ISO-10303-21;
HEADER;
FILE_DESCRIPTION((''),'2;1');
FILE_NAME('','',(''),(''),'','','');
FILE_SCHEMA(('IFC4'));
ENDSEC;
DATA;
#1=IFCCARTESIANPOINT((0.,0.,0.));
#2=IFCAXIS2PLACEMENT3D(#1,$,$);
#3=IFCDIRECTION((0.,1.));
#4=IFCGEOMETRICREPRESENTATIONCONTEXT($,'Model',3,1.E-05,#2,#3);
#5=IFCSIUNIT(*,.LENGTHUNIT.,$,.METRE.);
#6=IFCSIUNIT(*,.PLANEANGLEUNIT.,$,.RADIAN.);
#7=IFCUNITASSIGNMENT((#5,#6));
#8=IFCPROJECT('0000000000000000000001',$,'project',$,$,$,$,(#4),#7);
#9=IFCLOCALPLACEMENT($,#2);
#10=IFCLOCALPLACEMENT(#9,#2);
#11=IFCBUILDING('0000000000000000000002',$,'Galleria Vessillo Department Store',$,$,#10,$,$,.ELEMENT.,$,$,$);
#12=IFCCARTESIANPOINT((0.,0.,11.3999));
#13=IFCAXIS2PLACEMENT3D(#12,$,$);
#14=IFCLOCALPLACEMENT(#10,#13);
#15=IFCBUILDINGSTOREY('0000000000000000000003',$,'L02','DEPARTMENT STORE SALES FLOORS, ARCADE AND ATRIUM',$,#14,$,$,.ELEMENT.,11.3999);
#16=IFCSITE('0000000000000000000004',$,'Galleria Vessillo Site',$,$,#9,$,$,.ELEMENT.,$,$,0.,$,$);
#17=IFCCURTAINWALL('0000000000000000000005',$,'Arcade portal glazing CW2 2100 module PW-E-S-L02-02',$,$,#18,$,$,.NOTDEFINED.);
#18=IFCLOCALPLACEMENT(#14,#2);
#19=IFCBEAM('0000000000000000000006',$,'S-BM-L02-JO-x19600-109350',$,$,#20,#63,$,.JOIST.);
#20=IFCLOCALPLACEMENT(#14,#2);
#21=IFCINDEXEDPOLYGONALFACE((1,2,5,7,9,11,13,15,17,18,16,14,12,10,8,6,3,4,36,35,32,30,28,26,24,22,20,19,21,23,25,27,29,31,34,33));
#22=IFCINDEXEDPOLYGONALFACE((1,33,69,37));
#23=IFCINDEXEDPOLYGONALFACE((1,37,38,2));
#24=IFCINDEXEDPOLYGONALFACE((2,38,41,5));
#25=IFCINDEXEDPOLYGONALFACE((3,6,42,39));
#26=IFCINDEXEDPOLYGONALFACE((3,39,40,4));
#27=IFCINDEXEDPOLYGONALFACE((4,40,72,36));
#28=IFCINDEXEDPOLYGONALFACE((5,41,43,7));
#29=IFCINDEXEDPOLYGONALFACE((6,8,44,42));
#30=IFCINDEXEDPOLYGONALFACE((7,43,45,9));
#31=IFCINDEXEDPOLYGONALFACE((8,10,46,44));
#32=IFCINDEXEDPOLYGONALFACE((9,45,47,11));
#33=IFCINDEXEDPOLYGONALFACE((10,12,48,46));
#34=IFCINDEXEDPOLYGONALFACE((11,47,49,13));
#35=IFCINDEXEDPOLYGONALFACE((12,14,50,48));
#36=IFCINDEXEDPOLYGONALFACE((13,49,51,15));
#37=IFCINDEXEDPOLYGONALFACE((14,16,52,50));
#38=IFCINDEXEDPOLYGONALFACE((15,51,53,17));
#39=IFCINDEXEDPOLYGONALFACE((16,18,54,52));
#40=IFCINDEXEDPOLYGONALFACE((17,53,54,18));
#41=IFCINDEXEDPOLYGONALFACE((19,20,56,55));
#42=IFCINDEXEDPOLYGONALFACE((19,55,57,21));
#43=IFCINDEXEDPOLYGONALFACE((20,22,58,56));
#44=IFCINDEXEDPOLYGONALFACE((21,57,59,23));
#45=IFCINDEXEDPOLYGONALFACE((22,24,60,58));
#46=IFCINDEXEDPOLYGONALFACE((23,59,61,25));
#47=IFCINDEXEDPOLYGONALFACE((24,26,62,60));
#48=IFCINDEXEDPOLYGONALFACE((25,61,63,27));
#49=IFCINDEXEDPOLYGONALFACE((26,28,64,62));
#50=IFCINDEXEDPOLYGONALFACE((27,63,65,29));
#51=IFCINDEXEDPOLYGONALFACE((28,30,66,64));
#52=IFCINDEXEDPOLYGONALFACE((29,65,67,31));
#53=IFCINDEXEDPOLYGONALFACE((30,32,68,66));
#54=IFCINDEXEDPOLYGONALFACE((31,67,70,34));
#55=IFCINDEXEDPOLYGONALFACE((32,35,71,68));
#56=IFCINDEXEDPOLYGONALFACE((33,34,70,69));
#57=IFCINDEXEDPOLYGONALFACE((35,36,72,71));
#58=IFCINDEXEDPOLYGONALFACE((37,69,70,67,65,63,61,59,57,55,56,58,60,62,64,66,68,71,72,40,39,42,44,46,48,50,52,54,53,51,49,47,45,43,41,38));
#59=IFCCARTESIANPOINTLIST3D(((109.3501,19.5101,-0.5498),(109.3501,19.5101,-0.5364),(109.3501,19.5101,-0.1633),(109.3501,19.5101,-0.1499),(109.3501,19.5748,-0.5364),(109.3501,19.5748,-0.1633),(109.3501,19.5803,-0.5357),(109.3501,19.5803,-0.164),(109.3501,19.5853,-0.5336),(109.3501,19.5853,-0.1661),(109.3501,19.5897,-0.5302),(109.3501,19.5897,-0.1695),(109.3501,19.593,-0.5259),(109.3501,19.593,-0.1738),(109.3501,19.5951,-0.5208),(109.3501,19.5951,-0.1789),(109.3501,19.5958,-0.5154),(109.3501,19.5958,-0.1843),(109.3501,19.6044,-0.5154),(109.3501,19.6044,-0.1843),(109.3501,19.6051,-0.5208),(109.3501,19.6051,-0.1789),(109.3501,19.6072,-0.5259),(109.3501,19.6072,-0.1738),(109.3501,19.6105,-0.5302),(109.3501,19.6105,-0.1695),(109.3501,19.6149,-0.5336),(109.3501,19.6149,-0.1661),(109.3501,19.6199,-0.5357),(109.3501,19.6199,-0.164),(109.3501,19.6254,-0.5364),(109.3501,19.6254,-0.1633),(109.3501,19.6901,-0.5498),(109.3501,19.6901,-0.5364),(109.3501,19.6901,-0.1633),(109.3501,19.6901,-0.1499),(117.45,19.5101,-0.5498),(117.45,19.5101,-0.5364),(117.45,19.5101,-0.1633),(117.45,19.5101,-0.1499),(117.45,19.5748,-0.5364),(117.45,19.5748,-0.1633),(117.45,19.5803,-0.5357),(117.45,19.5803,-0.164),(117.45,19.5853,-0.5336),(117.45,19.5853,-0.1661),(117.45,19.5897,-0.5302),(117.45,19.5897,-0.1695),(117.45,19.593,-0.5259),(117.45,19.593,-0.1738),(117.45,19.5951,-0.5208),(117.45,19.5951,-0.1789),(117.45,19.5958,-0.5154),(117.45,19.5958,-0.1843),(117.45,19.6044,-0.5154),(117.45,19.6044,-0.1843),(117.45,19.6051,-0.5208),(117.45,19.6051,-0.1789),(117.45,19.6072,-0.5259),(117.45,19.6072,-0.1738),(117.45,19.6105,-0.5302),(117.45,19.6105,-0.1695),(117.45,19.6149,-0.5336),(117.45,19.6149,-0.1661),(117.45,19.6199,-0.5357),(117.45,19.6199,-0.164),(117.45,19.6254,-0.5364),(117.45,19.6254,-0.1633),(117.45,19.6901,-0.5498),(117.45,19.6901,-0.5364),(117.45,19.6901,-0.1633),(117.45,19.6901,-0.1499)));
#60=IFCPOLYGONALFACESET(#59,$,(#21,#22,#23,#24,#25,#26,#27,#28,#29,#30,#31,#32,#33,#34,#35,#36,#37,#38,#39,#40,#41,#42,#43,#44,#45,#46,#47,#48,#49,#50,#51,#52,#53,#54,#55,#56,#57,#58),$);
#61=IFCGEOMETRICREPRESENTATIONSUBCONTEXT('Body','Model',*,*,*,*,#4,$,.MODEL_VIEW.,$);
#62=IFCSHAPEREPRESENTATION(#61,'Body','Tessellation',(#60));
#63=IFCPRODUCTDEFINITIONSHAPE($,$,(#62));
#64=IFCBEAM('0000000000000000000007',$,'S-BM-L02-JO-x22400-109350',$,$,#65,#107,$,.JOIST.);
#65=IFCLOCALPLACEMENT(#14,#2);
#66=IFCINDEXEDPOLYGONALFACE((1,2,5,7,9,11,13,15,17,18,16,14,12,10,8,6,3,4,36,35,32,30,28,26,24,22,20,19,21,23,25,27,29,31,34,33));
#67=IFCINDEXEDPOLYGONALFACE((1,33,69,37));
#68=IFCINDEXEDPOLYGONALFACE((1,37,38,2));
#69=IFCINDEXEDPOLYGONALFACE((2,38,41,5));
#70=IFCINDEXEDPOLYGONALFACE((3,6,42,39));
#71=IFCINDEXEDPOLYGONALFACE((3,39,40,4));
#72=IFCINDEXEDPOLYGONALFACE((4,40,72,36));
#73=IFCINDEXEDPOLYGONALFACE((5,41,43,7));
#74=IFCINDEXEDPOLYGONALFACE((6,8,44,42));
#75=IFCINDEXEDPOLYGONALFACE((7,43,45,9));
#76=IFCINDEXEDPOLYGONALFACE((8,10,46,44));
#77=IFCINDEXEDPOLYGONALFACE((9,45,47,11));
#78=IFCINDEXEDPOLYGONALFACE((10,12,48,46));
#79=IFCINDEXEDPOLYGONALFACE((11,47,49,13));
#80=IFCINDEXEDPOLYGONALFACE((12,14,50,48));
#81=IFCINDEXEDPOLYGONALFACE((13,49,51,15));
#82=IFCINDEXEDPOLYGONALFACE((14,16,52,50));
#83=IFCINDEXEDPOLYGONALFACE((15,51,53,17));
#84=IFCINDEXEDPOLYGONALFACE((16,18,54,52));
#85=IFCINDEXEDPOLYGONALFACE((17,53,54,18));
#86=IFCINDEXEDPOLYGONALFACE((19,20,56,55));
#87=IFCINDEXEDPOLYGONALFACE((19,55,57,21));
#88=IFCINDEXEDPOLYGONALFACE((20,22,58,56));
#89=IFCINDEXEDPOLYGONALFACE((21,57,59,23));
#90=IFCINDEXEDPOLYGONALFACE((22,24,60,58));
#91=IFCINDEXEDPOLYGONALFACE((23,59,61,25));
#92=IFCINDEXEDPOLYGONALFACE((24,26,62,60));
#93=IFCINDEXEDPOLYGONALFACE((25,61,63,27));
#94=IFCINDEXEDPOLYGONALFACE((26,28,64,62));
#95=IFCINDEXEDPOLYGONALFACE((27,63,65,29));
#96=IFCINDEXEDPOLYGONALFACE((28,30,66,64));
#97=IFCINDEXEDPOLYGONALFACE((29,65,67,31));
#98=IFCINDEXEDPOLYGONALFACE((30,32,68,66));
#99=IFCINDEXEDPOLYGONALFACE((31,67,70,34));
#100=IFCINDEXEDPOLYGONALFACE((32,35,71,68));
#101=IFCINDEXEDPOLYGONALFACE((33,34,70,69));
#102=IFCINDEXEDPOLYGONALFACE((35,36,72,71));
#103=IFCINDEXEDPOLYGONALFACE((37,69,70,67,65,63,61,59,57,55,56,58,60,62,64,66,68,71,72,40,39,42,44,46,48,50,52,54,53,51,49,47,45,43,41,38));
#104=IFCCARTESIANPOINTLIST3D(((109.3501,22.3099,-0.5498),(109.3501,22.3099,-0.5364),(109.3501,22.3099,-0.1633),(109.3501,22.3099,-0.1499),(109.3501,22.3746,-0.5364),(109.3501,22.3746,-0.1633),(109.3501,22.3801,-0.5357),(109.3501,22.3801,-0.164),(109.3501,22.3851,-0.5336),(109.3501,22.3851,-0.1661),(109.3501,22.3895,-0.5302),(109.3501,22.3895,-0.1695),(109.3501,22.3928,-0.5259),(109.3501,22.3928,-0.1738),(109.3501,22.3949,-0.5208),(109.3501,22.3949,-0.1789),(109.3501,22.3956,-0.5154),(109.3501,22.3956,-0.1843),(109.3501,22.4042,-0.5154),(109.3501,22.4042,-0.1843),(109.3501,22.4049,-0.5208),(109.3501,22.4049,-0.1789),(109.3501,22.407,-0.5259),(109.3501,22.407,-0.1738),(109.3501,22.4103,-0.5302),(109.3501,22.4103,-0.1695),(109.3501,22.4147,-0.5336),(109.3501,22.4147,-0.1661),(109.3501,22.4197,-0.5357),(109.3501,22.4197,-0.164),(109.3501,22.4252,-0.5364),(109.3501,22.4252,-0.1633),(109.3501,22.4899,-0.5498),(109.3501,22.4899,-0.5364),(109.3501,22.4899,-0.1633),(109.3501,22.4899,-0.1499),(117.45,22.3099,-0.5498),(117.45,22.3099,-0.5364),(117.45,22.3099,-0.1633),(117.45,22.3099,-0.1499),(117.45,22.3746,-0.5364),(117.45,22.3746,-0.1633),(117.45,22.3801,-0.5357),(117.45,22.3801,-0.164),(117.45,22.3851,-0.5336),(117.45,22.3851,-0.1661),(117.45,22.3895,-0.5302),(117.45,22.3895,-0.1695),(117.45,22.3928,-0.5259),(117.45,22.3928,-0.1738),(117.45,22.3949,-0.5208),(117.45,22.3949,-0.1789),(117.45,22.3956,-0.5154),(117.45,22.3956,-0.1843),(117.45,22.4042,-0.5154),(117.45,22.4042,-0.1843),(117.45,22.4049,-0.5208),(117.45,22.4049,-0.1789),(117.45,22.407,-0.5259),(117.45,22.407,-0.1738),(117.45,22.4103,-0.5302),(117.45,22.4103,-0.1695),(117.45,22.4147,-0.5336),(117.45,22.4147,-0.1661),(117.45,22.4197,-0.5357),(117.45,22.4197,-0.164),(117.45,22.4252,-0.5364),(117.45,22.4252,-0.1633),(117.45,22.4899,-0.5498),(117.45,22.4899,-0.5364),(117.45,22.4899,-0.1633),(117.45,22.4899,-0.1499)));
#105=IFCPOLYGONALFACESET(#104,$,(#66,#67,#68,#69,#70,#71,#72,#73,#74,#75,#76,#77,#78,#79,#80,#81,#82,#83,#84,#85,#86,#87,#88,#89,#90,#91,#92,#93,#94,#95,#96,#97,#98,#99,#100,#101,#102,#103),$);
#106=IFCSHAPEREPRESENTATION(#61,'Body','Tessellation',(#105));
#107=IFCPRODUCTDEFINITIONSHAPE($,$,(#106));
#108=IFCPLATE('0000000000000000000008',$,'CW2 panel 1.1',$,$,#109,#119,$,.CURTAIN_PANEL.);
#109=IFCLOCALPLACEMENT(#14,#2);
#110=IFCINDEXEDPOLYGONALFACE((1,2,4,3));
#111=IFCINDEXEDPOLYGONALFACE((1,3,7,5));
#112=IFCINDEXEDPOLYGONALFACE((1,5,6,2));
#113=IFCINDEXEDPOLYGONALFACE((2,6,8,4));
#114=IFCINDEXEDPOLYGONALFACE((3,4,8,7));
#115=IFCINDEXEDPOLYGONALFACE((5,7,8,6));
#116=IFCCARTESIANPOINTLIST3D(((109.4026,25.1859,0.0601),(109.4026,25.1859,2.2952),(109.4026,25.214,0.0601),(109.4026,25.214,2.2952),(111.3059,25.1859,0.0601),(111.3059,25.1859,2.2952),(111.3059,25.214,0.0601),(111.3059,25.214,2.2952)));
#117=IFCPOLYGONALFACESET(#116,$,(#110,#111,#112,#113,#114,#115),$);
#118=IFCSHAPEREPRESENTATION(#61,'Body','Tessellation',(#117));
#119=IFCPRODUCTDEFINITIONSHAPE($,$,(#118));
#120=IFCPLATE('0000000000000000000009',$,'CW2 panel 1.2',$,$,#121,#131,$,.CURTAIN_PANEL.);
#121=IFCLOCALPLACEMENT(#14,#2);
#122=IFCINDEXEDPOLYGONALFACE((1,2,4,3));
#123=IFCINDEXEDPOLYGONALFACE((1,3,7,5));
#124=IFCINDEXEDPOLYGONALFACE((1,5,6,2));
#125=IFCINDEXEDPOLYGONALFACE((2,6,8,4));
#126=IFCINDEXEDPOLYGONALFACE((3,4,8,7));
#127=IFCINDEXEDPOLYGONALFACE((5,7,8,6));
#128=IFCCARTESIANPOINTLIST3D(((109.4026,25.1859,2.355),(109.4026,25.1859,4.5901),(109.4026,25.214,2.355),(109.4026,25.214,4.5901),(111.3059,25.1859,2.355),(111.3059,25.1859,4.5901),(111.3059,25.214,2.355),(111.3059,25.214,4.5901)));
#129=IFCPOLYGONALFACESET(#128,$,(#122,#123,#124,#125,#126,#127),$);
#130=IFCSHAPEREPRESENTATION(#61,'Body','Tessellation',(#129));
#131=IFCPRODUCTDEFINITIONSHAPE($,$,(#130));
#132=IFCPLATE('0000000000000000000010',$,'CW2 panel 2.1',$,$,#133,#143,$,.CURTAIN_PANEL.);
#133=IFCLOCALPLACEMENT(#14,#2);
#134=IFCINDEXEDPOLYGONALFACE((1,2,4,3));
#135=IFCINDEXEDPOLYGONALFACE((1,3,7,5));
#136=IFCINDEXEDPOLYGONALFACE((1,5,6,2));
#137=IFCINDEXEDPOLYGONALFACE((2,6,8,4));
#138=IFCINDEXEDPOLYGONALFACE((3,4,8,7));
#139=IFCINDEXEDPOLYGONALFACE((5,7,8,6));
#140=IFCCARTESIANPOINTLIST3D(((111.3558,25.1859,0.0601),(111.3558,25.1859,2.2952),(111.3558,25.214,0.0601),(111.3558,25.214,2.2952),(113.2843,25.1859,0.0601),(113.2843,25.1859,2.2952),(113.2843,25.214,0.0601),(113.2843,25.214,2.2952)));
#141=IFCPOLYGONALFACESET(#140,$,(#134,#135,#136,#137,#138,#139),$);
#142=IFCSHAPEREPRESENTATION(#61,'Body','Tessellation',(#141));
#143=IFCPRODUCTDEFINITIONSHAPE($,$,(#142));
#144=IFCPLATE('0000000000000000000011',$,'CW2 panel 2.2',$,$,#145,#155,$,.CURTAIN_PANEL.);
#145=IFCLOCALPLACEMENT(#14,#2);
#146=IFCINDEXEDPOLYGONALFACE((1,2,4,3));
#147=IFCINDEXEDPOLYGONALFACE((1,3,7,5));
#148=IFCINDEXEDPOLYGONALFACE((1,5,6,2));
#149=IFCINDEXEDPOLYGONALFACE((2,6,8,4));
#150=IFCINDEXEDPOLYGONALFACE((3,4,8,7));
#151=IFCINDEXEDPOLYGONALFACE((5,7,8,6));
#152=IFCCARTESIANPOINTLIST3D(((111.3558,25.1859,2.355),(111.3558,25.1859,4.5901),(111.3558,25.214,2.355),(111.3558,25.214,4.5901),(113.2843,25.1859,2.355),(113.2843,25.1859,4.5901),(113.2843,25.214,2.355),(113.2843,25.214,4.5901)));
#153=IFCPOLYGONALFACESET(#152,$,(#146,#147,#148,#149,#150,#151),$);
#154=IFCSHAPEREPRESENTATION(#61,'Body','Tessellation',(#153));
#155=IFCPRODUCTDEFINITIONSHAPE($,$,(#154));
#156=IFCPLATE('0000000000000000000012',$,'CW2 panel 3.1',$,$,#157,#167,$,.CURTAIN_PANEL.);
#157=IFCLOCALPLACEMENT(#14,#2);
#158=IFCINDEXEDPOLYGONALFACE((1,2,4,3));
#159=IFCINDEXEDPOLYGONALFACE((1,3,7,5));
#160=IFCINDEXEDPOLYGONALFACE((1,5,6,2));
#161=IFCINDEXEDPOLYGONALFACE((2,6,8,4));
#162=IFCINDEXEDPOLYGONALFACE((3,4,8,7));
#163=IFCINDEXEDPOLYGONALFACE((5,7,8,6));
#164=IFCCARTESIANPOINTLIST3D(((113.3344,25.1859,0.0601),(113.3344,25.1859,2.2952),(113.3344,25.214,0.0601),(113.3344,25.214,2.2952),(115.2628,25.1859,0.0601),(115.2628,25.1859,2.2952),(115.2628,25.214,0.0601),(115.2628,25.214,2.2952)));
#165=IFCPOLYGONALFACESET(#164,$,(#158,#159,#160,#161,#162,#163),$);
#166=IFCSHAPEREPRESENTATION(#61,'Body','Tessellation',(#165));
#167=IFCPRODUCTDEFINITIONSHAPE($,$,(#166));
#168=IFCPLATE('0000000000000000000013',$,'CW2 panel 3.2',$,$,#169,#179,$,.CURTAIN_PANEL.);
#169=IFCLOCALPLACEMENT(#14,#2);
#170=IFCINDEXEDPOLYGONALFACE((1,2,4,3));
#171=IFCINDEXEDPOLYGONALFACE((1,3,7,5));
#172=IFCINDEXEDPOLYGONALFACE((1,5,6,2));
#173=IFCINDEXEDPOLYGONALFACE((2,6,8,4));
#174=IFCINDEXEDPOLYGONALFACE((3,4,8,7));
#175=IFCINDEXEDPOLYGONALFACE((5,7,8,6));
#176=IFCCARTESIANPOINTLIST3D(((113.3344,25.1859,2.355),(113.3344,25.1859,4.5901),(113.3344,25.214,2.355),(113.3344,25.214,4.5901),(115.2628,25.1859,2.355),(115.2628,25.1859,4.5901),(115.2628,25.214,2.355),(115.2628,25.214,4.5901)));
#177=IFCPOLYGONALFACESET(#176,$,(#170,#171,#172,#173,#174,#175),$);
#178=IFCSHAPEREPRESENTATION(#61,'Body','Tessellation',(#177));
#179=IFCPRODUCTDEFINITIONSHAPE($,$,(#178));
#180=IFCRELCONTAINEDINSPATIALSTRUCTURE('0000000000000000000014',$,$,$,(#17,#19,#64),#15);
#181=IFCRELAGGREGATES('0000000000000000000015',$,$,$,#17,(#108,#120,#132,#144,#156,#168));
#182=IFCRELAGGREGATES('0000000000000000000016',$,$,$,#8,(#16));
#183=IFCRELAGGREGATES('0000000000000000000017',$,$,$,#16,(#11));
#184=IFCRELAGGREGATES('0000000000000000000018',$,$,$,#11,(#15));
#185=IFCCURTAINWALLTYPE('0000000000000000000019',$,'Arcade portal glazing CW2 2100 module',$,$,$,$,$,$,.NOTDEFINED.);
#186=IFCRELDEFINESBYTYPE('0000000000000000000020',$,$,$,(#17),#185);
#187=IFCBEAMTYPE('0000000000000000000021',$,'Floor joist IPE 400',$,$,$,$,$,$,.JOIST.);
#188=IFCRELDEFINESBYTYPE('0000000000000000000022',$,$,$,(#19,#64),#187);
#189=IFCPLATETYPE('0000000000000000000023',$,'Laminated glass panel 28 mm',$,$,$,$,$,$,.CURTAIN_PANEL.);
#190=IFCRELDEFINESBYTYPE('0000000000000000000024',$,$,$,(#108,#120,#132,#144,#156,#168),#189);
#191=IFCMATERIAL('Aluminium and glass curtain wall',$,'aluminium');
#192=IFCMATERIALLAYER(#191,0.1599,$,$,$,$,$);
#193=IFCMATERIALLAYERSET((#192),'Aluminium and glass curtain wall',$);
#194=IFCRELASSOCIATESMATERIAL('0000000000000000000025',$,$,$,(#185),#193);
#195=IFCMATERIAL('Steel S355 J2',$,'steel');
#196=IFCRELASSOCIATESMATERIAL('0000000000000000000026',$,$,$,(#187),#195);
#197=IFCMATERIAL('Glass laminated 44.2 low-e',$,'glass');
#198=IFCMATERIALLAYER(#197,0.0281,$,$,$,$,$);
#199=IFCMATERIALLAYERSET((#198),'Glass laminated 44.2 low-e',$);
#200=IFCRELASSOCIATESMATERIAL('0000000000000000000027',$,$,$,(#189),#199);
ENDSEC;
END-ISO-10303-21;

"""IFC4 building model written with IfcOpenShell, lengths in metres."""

from ifc_helpers import new_model, si_unit, direction, frame, origin, origin_2d, place, context, subcontext, project, spatial, rectangle, i_section, extrude, material, layer, layer_set, material_profile, profile_set, type_object, element, aggregate, save


model = new_model("IFC4")

# Units and contexts
model_context = context("Model", 3, precision=1e-05, world=origin(), true_north=direction((0.0, 1.0)))
body_context = subcontext(model_context, "Body", "Model", "MODEL_VIEW")
ifc_project = project(units=[si_unit("LENGTHUNIT", "METRE"), si_unit("PLANEANGLEUNIT", "RADIAN")], contexts=[model_context])

# Site, building, storey
site_placement = place(None, origin())
site = spatial("IfcSite", under=ifc_project, at=site_placement, Name="Galleria Vessillo Site", CompositionType="ELEMENT", RefElevation=0.0)
building_placement = place(site_placement, origin())
building = spatial("IfcBuilding", under=site, at=building_placement, Name="Galleria Vessillo Department Store", CompositionType="ELEMENT")
storey_placement = place(building_placement, frame((0.0, 0.0, 11.3999)))
storey = spatial("IfcBuildingStorey", under=building, at=storey_placement, Name="L02", Description="DEPARTMENT STORE SALES FLOORS, ARCADE AND ATRIUM", CompositionType="ELEMENT", Elevation=11.3999)

# Curtain wall
ifc_material_1 = material(Name="Aluminium and glass curtain wall", Category="aluminium")
ifc_layer_1 = layer(ifc_material_1, 0.1599)
ifc_layer_set_1 = layer_set([ifc_layer_1], Name="Aluminium and glass curtain wall")
curtain_wall_type = type_object("IfcCurtainWallType", Name="Arcade portal glazing CW2 2100 module", PredefinedType="NOTDEFINED", material=ifc_layer_set_1)
curtain_wall_placement = place(storey_placement, origin())
curtain_wall = element("IfcCurtainWall", 1, at=curtain_wall_placement, inside=storey, type_object=curtain_wall_type, Name="Arcade portal glazing CW2 2100 module PW-E-S-L02-02", PredefinedType="NOTDEFINED")

# Beams
ifc_material_2 = material(Name="Steel S355 J2", Category="steel")
ifc_material_profile_1 = material_profile(ifc_material_2, i_section(OverallWidth=0.1799, OverallDepth=0.3999, WebThickness=0.0085, FlangeThickness=0.0134, FilletRadius=0.021, at=origin_2d()), Name="IPE 400")
ifc_profile_set_1 = profile_set([ifc_material_profile_1], Name="Steel S355 J2")
beam_type = type_object("IfcBeamType", Name="Floor joist IPE 400", PredefinedType="JOIST", material=ifc_profile_set_1)
for number, where, z_axis, x_axis, name in (
    (2, (109.3501, 19.6001, -0.3499), (1.0, 0.0, 0.0), (0.0, 1.0, 0.0), "S-BM-L02-JO-x19600-109350"),
    (3, (109.3501, 22.3999, -0.3499), (1.0, 0.0, 0.0), (0.0, 1.0, 0.0), "S-BM-L02-JO-x22400-109350"),
):
    element("IfcBeam", number, at=place(storey_placement, frame(where, z_axis=z_axis, x_axis=x_axis)), inside=storey, type_object=beam_type, Name=name, PredefinedType="JOIST", context=body_context, shape_type="SweptSolid", body=[
        extrude(i_section(OverallWidth=0.1799, OverallDepth=0.3999, WebThickness=0.0085, FlangeThickness=0.0134, FilletRadius=0.021, at=origin_2d()), origin(), (0.0, 0.0, 1.0), 8.0999),
    ])

# Plates
ifc_material_3 = material(Name="Glass laminated 44.2 low-e", Category="glass")
ifc_layer_2 = layer(ifc_material_3, 0.0281)
ifc_layer_set_2 = layer_set([ifc_layer_2], Name="Glass laminated 44.2 low-e")
plate_type = type_object("IfcPlateType", Name="Laminated glass panel 28 mm", PredefinedType="CURTAIN_PANEL", material=ifc_layer_set_2)
plate_1_placement = place(storey_placement, frame((110.3542, 25.2, 0.0601), z_axis=(0.0, 0.0, 1.0), x_axis=(1.0, 0.0, 0.0)))
plate_1 = element("IfcPlate", 4, at=plate_1_placement, type_object=plate_type, Name="CW2 panel 1.1", PredefinedType="CURTAIN_PANEL", context=body_context, shape_type="SweptSolid", body=[
    extrude(rectangle(XDim=1.9033, YDim=0.0281, at=origin_2d()), origin(), (0.0, 0.0, 1.0), 2.2351),
])
plate_2_placement = place(storey_placement, frame((110.3542, 25.2, 2.355), z_axis=(0.0, 0.0, 1.0), x_axis=(1.0, 0.0, 0.0)))
plate_2 = element("IfcPlate", 5, at=plate_2_placement, type_object=plate_type, Name="CW2 panel 1.2", PredefinedType="CURTAIN_PANEL", context=body_context, shape_type="SweptSolid", body=[
    extrude(rectangle(XDim=1.9033, YDim=0.0281, at=origin_2d()), origin(), (0.0, 0.0, 1.0), 2.2351),
])
plate_3_placement = place(storey_placement, frame((112.3201, 25.2, 0.0601), z_axis=(0.0, 0.0, 1.0), x_axis=(1.0, 0.0, 0.0)))
plate_3 = element("IfcPlate", 6, at=plate_3_placement, type_object=plate_type, Name="CW2 panel 2.1", PredefinedType="CURTAIN_PANEL", context=body_context, shape_type="SweptSolid", body=[
    extrude(rectangle(XDim=1.9285, YDim=0.0281, at=origin_2d()), origin(), (0.0, 0.0, 1.0), 2.2351),
])
plate_4_placement = place(storey_placement, frame((112.3201, 25.2, 2.355), z_axis=(0.0, 0.0, 1.0), x_axis=(1.0, 0.0, 0.0)))
plate_4 = element("IfcPlate", 7, at=plate_4_placement, type_object=plate_type, Name="CW2 panel 2.2", PredefinedType="CURTAIN_PANEL", context=body_context, shape_type="SweptSolid", body=[
    extrude(rectangle(XDim=1.9285, YDim=0.0281, at=origin_2d()), origin(), (0.0, 0.0, 1.0), 2.2351),
])
plate_5_placement = place(storey_placement, frame((114.2986, 25.2, 0.0601), z_axis=(0.0, 0.0, 1.0), x_axis=(1.0, 0.0, 0.0)))
plate_5 = element("IfcPlate", 8, at=plate_5_placement, type_object=plate_type, Name="CW2 panel 3.1", PredefinedType="CURTAIN_PANEL", context=body_context, shape_type="SweptSolid", body=[
    extrude(rectangle(XDim=1.9285, YDim=0.0281, at=origin_2d()), origin(), (0.0, 0.0, 1.0), 2.2351),
])
plate_6_placement = place(storey_placement, frame((114.2986, 25.2, 2.355), z_axis=(0.0, 0.0, 1.0), x_axis=(1.0, 0.0, 0.0)))
plate_6 = element("IfcPlate", 9, at=plate_6_placement, type_object=plate_type, Name="CW2 panel 3.2", PredefinedType="CURTAIN_PANEL", context=body_context, shape_type="SweptSolid", body=[
    extrude(rectangle(XDim=1.9285, YDim=0.0281, at=origin_2d()), origin(), (0.0, 0.0, 1.0), 2.2351),
])
aggregate(curtain_wall, [plate_1, plate_2, plate_3, plate_4, plate_5, plate_6])

save(model, "model.ifc")
